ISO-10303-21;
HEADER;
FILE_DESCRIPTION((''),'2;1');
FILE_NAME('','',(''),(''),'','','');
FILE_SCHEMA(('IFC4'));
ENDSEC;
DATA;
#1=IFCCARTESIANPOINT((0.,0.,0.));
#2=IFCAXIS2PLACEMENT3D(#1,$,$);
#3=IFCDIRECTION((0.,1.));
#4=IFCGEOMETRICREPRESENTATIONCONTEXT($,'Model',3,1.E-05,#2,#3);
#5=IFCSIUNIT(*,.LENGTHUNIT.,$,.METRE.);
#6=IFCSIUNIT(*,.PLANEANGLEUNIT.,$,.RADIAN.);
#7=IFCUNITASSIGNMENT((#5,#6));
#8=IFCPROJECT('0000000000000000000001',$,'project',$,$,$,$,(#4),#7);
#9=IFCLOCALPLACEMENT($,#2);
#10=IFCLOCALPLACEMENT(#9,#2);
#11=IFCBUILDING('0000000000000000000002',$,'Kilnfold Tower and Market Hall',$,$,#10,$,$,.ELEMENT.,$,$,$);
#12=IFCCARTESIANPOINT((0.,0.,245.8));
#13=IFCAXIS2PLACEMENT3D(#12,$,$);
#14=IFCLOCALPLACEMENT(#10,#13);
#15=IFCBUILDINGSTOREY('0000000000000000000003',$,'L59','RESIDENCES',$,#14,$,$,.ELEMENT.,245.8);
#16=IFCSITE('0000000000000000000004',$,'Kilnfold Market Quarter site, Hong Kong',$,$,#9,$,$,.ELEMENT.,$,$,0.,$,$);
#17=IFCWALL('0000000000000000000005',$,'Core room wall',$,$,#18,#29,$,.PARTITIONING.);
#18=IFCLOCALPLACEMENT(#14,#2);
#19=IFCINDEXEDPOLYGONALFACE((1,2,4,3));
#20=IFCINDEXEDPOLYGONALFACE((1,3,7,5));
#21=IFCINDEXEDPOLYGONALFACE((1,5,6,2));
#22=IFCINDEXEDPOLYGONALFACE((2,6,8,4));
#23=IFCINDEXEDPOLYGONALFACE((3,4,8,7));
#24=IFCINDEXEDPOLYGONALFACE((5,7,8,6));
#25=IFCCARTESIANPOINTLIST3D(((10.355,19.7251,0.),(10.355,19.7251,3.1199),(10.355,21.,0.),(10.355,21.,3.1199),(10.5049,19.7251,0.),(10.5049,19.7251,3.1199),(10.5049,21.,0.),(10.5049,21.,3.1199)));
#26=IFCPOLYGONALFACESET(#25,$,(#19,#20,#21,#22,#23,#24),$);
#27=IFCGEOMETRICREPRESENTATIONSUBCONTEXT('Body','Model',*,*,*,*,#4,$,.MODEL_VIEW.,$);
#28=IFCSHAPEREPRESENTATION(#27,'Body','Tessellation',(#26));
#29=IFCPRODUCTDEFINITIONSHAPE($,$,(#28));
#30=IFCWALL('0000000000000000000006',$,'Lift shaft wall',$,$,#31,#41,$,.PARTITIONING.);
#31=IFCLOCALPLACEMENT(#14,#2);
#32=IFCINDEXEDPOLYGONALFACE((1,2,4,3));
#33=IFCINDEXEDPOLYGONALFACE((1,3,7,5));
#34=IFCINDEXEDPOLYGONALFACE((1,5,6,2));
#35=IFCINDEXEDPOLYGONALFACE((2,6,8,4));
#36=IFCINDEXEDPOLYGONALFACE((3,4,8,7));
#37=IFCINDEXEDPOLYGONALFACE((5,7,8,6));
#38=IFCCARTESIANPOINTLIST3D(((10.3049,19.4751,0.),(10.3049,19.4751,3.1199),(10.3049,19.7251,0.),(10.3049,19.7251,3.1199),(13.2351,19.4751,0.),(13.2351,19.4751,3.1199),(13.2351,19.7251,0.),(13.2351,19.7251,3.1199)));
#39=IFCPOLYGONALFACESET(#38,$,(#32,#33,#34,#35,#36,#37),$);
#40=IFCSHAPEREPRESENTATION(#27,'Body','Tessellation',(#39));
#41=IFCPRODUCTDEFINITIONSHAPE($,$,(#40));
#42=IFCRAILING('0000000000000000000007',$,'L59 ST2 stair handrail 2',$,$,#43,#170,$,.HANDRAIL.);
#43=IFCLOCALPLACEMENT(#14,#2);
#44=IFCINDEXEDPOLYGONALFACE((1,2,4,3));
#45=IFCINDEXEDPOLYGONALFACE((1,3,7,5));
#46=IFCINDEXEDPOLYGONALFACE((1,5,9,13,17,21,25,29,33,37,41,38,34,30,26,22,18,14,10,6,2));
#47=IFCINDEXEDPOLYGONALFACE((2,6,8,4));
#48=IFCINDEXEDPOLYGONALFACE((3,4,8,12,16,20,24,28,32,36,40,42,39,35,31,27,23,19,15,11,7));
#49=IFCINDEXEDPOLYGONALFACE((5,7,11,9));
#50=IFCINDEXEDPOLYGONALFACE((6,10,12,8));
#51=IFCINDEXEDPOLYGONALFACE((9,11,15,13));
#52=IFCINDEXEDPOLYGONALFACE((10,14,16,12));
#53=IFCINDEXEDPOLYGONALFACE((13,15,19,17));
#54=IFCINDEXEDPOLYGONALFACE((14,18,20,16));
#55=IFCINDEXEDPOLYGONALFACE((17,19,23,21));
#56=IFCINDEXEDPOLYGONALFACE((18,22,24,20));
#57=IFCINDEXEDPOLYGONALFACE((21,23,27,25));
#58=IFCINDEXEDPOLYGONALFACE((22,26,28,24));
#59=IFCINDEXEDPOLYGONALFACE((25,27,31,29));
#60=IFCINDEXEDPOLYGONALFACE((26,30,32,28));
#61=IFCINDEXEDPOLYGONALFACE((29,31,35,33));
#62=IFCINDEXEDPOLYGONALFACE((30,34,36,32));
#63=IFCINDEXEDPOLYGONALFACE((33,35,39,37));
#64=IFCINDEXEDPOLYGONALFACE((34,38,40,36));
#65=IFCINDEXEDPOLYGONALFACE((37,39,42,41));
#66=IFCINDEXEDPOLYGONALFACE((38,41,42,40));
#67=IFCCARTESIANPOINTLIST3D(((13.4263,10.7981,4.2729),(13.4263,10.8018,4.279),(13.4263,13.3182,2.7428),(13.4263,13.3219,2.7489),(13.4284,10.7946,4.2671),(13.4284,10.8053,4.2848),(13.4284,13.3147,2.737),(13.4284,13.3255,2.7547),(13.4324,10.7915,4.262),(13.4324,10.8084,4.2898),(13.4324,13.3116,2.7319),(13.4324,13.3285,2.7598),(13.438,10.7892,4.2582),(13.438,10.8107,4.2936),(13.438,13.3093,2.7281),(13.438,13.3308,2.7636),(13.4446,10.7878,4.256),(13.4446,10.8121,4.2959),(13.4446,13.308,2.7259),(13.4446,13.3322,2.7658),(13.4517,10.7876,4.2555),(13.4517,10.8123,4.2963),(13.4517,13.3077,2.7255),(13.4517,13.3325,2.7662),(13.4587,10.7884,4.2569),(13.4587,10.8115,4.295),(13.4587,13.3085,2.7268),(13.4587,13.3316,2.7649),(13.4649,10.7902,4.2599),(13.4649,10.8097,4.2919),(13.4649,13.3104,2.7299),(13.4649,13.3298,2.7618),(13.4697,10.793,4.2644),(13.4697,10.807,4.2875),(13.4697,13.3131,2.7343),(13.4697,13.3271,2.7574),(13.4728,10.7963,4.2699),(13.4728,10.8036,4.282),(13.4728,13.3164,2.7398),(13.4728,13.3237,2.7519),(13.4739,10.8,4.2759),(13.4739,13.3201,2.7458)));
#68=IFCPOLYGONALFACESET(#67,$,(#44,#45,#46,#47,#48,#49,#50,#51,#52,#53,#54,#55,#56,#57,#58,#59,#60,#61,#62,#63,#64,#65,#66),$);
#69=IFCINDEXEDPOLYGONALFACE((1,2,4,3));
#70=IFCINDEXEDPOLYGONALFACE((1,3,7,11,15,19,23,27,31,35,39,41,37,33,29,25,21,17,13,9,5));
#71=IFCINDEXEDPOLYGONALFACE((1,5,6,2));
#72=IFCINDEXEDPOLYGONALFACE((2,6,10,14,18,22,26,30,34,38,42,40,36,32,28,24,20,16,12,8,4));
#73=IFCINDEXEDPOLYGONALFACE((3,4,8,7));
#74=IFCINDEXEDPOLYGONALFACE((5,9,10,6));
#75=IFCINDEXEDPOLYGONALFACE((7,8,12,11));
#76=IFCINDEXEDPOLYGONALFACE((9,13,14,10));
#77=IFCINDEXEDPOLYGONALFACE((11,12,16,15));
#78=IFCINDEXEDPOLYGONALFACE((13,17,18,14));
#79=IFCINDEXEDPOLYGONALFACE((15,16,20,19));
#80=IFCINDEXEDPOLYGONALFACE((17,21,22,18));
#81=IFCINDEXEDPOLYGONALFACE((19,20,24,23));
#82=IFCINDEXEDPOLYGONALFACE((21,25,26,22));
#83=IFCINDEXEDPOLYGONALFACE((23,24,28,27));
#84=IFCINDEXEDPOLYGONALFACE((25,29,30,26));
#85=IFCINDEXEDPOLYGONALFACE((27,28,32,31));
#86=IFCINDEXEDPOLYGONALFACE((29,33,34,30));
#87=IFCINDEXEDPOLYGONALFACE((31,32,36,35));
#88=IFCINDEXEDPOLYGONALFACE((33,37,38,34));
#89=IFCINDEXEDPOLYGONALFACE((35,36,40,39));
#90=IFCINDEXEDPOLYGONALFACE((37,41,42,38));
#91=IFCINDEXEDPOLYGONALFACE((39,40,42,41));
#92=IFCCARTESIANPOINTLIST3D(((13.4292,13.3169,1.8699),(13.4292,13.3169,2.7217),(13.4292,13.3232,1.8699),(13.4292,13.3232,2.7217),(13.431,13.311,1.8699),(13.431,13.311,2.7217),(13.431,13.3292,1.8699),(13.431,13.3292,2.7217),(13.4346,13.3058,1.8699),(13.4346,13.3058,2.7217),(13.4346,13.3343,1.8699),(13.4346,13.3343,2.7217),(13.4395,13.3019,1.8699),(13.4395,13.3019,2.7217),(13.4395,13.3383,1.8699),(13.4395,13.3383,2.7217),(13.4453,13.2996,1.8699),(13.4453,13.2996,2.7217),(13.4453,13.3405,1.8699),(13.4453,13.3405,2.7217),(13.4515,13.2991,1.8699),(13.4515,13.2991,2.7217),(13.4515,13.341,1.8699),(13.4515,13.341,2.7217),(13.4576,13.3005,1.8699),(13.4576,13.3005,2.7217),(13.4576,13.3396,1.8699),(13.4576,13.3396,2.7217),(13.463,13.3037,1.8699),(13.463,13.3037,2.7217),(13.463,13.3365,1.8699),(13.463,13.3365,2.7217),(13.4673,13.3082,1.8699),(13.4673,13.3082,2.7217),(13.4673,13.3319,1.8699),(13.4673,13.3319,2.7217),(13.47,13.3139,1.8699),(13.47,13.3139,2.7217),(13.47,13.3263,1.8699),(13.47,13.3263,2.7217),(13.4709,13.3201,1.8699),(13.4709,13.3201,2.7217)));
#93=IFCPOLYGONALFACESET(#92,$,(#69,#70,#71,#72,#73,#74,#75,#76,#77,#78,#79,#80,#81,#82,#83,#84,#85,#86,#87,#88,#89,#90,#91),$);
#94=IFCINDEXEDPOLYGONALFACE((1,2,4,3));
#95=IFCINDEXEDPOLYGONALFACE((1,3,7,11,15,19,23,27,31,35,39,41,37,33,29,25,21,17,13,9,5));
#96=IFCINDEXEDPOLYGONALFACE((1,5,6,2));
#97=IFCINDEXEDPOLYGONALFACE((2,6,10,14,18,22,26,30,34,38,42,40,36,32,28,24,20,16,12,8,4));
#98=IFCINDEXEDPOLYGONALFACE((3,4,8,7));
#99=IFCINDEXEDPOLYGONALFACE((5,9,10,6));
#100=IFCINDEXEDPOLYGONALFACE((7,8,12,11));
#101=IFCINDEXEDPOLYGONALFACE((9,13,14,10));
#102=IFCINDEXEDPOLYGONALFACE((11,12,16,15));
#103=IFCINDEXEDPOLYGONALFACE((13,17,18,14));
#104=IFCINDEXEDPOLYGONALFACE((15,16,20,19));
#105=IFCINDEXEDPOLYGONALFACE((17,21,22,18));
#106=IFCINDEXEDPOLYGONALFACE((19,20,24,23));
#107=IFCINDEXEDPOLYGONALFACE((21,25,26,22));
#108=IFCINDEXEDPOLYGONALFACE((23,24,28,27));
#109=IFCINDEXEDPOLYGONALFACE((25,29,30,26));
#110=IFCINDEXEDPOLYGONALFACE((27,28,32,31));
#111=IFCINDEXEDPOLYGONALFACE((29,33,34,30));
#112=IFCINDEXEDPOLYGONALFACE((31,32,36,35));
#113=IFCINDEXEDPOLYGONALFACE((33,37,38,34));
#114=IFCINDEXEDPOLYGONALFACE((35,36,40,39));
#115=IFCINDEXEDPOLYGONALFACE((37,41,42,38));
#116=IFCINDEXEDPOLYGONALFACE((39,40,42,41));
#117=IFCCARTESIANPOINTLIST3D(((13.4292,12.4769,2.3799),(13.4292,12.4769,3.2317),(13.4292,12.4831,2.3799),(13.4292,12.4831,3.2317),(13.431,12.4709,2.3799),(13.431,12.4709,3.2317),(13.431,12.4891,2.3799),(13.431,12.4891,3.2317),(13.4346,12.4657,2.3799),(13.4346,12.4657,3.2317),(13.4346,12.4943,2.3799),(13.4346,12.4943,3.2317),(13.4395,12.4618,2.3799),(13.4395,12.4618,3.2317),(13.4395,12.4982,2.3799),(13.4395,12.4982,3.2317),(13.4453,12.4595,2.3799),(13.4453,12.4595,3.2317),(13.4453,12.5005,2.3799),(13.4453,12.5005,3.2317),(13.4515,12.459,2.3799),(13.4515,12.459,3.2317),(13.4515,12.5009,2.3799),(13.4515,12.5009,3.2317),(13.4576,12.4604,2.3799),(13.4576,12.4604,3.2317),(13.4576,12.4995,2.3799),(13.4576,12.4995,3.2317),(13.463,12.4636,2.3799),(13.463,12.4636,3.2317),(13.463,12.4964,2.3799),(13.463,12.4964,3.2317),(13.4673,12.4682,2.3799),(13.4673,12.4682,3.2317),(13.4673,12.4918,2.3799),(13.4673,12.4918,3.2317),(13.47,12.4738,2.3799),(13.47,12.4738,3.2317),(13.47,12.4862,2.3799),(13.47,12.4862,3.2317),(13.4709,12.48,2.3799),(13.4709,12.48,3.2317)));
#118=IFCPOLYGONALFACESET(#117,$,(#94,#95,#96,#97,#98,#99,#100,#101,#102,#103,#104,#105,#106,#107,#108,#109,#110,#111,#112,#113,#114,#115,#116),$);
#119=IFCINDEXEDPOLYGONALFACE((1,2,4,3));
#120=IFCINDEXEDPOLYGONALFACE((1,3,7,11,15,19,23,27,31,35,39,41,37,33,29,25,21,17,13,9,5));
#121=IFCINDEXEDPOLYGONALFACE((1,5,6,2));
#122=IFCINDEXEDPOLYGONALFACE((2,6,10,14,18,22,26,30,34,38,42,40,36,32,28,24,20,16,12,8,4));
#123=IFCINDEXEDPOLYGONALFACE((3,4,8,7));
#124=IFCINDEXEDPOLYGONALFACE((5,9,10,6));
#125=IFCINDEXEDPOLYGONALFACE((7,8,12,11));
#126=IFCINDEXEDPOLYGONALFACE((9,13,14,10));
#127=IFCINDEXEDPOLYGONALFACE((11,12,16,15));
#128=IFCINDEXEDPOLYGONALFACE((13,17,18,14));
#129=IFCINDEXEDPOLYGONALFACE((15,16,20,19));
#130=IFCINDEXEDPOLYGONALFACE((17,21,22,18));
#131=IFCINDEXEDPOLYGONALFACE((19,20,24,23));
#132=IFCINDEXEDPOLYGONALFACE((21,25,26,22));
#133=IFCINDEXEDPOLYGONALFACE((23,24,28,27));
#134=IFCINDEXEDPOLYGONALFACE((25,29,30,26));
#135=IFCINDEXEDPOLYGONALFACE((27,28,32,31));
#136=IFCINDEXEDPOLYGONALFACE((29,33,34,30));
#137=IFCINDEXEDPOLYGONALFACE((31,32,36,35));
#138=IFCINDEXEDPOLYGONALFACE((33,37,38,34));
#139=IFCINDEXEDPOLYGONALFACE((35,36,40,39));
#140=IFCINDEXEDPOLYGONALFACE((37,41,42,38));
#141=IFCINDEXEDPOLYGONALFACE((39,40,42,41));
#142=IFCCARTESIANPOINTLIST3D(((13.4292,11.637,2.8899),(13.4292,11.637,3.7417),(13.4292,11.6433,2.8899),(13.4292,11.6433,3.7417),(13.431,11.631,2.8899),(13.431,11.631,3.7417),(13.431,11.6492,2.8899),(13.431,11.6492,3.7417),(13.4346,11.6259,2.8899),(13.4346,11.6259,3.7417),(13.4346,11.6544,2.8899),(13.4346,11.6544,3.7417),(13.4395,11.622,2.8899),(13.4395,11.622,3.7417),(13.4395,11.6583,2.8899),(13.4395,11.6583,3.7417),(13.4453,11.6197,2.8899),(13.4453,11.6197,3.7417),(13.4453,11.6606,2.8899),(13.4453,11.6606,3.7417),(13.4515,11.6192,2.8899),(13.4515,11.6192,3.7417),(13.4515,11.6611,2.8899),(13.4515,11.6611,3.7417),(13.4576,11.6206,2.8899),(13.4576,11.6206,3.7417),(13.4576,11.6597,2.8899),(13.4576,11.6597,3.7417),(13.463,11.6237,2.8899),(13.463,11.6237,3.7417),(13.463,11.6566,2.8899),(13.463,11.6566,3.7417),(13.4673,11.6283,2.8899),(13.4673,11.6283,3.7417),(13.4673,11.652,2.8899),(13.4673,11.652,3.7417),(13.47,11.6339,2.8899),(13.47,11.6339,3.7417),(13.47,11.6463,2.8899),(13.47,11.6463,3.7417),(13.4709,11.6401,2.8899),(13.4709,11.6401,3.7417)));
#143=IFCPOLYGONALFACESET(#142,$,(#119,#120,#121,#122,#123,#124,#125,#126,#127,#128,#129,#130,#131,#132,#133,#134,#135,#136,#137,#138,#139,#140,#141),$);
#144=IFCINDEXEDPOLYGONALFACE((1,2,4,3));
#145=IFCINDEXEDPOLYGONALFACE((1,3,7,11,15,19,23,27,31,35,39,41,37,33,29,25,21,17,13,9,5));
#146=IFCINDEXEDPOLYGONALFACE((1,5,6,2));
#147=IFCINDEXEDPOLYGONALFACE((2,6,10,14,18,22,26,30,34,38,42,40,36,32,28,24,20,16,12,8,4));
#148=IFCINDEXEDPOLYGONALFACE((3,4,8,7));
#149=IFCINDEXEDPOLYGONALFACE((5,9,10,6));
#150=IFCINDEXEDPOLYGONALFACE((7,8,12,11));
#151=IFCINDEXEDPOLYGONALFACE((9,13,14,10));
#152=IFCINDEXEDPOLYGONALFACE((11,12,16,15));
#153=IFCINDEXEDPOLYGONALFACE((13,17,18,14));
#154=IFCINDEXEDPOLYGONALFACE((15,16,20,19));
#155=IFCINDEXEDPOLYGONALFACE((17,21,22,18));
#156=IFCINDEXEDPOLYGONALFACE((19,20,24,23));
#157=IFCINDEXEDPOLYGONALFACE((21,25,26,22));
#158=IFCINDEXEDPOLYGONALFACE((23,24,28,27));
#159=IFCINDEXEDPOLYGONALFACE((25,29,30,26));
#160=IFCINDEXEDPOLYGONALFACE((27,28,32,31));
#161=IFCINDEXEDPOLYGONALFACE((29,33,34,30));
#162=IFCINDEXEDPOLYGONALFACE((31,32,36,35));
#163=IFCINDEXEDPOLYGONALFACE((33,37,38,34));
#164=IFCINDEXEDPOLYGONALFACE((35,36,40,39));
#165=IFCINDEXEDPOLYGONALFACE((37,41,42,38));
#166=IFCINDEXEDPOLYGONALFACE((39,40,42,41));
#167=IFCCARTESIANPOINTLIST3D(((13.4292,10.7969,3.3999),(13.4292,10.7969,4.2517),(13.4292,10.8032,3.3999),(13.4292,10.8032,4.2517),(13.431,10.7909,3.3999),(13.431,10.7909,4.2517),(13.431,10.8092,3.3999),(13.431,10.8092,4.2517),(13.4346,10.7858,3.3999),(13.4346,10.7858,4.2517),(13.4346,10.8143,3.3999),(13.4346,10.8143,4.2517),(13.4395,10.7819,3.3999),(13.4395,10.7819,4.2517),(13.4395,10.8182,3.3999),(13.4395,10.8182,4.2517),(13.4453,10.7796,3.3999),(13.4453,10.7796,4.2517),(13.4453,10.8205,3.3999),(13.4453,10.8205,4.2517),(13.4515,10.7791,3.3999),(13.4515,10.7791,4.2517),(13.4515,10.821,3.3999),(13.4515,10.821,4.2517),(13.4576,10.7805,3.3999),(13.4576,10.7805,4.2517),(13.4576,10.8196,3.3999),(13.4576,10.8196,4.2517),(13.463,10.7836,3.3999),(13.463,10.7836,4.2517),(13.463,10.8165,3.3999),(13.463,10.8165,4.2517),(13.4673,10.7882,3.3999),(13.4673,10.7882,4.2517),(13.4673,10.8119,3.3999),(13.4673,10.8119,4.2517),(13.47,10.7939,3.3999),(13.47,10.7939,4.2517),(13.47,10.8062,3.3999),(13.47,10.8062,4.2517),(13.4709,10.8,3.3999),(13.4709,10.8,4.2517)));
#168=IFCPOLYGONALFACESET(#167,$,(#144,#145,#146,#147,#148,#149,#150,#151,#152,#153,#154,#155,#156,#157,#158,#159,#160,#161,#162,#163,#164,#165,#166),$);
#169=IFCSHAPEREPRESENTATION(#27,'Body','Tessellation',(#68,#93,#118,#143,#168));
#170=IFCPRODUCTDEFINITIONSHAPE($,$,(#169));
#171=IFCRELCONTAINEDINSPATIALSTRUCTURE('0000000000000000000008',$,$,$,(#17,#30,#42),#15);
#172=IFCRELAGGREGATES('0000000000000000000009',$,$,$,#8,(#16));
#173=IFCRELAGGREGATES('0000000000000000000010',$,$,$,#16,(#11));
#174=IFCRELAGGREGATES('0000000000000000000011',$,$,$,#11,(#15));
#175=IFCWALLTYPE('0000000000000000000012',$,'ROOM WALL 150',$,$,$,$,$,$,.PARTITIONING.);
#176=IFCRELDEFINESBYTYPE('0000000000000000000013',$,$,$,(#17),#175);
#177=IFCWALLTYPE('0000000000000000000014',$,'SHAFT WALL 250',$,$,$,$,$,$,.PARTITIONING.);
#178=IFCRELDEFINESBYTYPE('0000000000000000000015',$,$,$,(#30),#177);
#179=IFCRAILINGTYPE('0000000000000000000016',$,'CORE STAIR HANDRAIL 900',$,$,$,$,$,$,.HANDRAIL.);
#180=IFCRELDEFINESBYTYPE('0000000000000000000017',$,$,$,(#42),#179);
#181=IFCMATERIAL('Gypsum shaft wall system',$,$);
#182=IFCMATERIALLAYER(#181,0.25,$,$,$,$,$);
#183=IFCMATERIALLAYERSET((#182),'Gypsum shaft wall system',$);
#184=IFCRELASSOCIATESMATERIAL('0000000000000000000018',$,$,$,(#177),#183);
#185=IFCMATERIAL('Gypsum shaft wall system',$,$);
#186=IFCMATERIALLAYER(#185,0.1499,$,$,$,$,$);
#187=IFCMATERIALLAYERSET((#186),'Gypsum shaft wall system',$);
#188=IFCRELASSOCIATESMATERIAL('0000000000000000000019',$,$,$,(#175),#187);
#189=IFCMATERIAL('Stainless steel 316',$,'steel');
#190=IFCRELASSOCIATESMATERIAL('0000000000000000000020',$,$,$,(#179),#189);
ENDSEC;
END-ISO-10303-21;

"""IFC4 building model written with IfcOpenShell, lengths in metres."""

from ifc_helpers import new_model, si_unit, direction, frame, frame_2d, origin, origin_2d, place, context, subcontext, project, spatial, rectangle, circle, extrude, source, transform, mapped, material, layer, layer_set, type_object, element, save


model = new_model("IFC4")

# Units and contexts
model_context = context("Model", 3, precision=1e-05, world=origin(), true_north=direction((0.0, 1.0)))
body_context = subcontext(model_context, "Body", "Model", "MODEL_VIEW")
ifc_project = project(units=[si_unit("LENGTHUNIT", "METRE"), si_unit("PLANEANGLEUNIT", "RADIAN")], contexts=[model_context])

# Site, building, storey
site_placement = place(None, origin())
site = spatial("IfcSite", under=ifc_project, at=site_placement, Name="Kilnfold Market Quarter site, Hong Kong", CompositionType="ELEMENT", RefElevation=0.0)
building_placement = place(site_placement, origin())
building = spatial("IfcBuilding", under=site, at=building_placement, Name="Kilnfold Tower and Market Hall", CompositionType="ELEMENT")
storey_placement = place(building_placement, frame((0.0, 0.0, 245.8)))
storey = spatial("IfcBuildingStorey", under=building, at=storey_placement, Name="L59", Description="RESIDENCES", CompositionType="ELEMENT", Elevation=245.8)

# Walls
ifc_material_1 = material(Name="Gypsum shaft wall system")
ifc_layer_1 = layer(ifc_material_1, 0.25)
ifc_layer_set_1 = layer_set([ifc_layer_1], Name="Gypsum shaft wall system")
wall_type_1 = type_object("IfcWallType", Name="SHAFT WALL 250", PredefinedType="PARTITIONING", material=ifc_layer_set_1)
ifc_material_2 = material(Name="Gypsum shaft wall system")
ifc_layer_2 = layer(ifc_material_2, 0.1499)
ifc_layer_set_2 = layer_set([ifc_layer_2], Name="Gypsum shaft wall system")
wall_type_2 = type_object("IfcWallType", Name="ROOM WALL 150", PredefinedType="PARTITIONING", material=ifc_layer_set_2)
shared_shape_1 = source(origin(), body_context, "Body", "SweptSolid", [
    extrude(rectangle(XDim=1.2749, YDim=0.1499, at=frame_2d((0.6375, 0.0))), origin(), (0.0, 0.0, 1.0), 3.1199),
])
wall_1_placement = place(storey_placement, frame((10.4299, 19.7251, 0.0), z_axis=(0.0, 0.0, 1.0), x_axis=(0.0, 1.0, 0.0)))
element("IfcWall", 1, at=wall_1_placement, inside=storey, type_object=wall_type_2, Name="Core room wall", PredefinedType="PARTITIONING", context=body_context, shape_type="MappedRepresentation", body=[
    mapped(shared_shape_1, transform((0.0, 0.0, 0.0))),
])
shared_shape_2 = source(origin(), body_context, "Body", "SweptSolid", [
    extrude(rectangle(XDim=2.9302, YDim=0.25, at=frame_2d((1.4651, 0.0))), origin(), (0.0, 0.0, 1.0), 3.1199),
])
wall_2_placement = place(storey_placement, frame((10.3049, 19.6001, 0.0), z_axis=(0.0, 0.0, 1.0), x_axis=(1.0, 0.0, 0.0)))
element("IfcWall", 2, at=wall_2_placement, inside=storey, type_object=wall_type_1, Name="Lift shaft wall", PredefinedType="PARTITIONING", context=body_context, shape_type="MappedRepresentation", body=[
    mapped(shared_shape_2, transform((0.0, 0.0, 0.0))),
])

# Railing
ifc_material_3 = material(Name="Stainless steel 316", Category="steel")
railing_type = type_object("IfcRailingType", Name="CORE STAIR HANDRAIL 900", PredefinedType="HANDRAIL", material=ifc_material_3)
railing_placement = place(storey_placement, frame((13.45, 13.3201, 1.8699)))
element("IfcRailing", 3, at=railing_placement, inside=storey, type_object=railing_type, Name="L59 ST2 stair handrail 2", PredefinedType="HANDRAIL", context=body_context, shape_type="SweptSolid", body=[
    extrude(circle(Radius=0.0239, at=origin_2d()), frame((0.0, 0.0, 0.876), z_axis=(0.0, -0.854785, 0.518982), x_axis=(1.0, 0.0, 0.0)), (0.0, 0.0, 1.0), 2.9482),
    extrude(circle(Radius=0.021, at=origin_2d()), origin(), (0.0, 0.0, 1.0), 0.8518),
    extrude(circle(Radius=0.021, at=origin_2d()), frame((0.0, -0.8401, 0.51)), (0.0, 0.0, 1.0), 0.8518),
    extrude(circle(Radius=0.021, at=origin_2d()), frame((0.0, -1.6799, 1.02)), (0.0, 0.0, 1.0), 0.8518),
    extrude(circle(Radius=0.021, at=origin_2d()), frame((0.0, -2.52, 1.53)), (0.0, 0.0, 1.0), 0.8518),
])

save(model, "model.ifc")
